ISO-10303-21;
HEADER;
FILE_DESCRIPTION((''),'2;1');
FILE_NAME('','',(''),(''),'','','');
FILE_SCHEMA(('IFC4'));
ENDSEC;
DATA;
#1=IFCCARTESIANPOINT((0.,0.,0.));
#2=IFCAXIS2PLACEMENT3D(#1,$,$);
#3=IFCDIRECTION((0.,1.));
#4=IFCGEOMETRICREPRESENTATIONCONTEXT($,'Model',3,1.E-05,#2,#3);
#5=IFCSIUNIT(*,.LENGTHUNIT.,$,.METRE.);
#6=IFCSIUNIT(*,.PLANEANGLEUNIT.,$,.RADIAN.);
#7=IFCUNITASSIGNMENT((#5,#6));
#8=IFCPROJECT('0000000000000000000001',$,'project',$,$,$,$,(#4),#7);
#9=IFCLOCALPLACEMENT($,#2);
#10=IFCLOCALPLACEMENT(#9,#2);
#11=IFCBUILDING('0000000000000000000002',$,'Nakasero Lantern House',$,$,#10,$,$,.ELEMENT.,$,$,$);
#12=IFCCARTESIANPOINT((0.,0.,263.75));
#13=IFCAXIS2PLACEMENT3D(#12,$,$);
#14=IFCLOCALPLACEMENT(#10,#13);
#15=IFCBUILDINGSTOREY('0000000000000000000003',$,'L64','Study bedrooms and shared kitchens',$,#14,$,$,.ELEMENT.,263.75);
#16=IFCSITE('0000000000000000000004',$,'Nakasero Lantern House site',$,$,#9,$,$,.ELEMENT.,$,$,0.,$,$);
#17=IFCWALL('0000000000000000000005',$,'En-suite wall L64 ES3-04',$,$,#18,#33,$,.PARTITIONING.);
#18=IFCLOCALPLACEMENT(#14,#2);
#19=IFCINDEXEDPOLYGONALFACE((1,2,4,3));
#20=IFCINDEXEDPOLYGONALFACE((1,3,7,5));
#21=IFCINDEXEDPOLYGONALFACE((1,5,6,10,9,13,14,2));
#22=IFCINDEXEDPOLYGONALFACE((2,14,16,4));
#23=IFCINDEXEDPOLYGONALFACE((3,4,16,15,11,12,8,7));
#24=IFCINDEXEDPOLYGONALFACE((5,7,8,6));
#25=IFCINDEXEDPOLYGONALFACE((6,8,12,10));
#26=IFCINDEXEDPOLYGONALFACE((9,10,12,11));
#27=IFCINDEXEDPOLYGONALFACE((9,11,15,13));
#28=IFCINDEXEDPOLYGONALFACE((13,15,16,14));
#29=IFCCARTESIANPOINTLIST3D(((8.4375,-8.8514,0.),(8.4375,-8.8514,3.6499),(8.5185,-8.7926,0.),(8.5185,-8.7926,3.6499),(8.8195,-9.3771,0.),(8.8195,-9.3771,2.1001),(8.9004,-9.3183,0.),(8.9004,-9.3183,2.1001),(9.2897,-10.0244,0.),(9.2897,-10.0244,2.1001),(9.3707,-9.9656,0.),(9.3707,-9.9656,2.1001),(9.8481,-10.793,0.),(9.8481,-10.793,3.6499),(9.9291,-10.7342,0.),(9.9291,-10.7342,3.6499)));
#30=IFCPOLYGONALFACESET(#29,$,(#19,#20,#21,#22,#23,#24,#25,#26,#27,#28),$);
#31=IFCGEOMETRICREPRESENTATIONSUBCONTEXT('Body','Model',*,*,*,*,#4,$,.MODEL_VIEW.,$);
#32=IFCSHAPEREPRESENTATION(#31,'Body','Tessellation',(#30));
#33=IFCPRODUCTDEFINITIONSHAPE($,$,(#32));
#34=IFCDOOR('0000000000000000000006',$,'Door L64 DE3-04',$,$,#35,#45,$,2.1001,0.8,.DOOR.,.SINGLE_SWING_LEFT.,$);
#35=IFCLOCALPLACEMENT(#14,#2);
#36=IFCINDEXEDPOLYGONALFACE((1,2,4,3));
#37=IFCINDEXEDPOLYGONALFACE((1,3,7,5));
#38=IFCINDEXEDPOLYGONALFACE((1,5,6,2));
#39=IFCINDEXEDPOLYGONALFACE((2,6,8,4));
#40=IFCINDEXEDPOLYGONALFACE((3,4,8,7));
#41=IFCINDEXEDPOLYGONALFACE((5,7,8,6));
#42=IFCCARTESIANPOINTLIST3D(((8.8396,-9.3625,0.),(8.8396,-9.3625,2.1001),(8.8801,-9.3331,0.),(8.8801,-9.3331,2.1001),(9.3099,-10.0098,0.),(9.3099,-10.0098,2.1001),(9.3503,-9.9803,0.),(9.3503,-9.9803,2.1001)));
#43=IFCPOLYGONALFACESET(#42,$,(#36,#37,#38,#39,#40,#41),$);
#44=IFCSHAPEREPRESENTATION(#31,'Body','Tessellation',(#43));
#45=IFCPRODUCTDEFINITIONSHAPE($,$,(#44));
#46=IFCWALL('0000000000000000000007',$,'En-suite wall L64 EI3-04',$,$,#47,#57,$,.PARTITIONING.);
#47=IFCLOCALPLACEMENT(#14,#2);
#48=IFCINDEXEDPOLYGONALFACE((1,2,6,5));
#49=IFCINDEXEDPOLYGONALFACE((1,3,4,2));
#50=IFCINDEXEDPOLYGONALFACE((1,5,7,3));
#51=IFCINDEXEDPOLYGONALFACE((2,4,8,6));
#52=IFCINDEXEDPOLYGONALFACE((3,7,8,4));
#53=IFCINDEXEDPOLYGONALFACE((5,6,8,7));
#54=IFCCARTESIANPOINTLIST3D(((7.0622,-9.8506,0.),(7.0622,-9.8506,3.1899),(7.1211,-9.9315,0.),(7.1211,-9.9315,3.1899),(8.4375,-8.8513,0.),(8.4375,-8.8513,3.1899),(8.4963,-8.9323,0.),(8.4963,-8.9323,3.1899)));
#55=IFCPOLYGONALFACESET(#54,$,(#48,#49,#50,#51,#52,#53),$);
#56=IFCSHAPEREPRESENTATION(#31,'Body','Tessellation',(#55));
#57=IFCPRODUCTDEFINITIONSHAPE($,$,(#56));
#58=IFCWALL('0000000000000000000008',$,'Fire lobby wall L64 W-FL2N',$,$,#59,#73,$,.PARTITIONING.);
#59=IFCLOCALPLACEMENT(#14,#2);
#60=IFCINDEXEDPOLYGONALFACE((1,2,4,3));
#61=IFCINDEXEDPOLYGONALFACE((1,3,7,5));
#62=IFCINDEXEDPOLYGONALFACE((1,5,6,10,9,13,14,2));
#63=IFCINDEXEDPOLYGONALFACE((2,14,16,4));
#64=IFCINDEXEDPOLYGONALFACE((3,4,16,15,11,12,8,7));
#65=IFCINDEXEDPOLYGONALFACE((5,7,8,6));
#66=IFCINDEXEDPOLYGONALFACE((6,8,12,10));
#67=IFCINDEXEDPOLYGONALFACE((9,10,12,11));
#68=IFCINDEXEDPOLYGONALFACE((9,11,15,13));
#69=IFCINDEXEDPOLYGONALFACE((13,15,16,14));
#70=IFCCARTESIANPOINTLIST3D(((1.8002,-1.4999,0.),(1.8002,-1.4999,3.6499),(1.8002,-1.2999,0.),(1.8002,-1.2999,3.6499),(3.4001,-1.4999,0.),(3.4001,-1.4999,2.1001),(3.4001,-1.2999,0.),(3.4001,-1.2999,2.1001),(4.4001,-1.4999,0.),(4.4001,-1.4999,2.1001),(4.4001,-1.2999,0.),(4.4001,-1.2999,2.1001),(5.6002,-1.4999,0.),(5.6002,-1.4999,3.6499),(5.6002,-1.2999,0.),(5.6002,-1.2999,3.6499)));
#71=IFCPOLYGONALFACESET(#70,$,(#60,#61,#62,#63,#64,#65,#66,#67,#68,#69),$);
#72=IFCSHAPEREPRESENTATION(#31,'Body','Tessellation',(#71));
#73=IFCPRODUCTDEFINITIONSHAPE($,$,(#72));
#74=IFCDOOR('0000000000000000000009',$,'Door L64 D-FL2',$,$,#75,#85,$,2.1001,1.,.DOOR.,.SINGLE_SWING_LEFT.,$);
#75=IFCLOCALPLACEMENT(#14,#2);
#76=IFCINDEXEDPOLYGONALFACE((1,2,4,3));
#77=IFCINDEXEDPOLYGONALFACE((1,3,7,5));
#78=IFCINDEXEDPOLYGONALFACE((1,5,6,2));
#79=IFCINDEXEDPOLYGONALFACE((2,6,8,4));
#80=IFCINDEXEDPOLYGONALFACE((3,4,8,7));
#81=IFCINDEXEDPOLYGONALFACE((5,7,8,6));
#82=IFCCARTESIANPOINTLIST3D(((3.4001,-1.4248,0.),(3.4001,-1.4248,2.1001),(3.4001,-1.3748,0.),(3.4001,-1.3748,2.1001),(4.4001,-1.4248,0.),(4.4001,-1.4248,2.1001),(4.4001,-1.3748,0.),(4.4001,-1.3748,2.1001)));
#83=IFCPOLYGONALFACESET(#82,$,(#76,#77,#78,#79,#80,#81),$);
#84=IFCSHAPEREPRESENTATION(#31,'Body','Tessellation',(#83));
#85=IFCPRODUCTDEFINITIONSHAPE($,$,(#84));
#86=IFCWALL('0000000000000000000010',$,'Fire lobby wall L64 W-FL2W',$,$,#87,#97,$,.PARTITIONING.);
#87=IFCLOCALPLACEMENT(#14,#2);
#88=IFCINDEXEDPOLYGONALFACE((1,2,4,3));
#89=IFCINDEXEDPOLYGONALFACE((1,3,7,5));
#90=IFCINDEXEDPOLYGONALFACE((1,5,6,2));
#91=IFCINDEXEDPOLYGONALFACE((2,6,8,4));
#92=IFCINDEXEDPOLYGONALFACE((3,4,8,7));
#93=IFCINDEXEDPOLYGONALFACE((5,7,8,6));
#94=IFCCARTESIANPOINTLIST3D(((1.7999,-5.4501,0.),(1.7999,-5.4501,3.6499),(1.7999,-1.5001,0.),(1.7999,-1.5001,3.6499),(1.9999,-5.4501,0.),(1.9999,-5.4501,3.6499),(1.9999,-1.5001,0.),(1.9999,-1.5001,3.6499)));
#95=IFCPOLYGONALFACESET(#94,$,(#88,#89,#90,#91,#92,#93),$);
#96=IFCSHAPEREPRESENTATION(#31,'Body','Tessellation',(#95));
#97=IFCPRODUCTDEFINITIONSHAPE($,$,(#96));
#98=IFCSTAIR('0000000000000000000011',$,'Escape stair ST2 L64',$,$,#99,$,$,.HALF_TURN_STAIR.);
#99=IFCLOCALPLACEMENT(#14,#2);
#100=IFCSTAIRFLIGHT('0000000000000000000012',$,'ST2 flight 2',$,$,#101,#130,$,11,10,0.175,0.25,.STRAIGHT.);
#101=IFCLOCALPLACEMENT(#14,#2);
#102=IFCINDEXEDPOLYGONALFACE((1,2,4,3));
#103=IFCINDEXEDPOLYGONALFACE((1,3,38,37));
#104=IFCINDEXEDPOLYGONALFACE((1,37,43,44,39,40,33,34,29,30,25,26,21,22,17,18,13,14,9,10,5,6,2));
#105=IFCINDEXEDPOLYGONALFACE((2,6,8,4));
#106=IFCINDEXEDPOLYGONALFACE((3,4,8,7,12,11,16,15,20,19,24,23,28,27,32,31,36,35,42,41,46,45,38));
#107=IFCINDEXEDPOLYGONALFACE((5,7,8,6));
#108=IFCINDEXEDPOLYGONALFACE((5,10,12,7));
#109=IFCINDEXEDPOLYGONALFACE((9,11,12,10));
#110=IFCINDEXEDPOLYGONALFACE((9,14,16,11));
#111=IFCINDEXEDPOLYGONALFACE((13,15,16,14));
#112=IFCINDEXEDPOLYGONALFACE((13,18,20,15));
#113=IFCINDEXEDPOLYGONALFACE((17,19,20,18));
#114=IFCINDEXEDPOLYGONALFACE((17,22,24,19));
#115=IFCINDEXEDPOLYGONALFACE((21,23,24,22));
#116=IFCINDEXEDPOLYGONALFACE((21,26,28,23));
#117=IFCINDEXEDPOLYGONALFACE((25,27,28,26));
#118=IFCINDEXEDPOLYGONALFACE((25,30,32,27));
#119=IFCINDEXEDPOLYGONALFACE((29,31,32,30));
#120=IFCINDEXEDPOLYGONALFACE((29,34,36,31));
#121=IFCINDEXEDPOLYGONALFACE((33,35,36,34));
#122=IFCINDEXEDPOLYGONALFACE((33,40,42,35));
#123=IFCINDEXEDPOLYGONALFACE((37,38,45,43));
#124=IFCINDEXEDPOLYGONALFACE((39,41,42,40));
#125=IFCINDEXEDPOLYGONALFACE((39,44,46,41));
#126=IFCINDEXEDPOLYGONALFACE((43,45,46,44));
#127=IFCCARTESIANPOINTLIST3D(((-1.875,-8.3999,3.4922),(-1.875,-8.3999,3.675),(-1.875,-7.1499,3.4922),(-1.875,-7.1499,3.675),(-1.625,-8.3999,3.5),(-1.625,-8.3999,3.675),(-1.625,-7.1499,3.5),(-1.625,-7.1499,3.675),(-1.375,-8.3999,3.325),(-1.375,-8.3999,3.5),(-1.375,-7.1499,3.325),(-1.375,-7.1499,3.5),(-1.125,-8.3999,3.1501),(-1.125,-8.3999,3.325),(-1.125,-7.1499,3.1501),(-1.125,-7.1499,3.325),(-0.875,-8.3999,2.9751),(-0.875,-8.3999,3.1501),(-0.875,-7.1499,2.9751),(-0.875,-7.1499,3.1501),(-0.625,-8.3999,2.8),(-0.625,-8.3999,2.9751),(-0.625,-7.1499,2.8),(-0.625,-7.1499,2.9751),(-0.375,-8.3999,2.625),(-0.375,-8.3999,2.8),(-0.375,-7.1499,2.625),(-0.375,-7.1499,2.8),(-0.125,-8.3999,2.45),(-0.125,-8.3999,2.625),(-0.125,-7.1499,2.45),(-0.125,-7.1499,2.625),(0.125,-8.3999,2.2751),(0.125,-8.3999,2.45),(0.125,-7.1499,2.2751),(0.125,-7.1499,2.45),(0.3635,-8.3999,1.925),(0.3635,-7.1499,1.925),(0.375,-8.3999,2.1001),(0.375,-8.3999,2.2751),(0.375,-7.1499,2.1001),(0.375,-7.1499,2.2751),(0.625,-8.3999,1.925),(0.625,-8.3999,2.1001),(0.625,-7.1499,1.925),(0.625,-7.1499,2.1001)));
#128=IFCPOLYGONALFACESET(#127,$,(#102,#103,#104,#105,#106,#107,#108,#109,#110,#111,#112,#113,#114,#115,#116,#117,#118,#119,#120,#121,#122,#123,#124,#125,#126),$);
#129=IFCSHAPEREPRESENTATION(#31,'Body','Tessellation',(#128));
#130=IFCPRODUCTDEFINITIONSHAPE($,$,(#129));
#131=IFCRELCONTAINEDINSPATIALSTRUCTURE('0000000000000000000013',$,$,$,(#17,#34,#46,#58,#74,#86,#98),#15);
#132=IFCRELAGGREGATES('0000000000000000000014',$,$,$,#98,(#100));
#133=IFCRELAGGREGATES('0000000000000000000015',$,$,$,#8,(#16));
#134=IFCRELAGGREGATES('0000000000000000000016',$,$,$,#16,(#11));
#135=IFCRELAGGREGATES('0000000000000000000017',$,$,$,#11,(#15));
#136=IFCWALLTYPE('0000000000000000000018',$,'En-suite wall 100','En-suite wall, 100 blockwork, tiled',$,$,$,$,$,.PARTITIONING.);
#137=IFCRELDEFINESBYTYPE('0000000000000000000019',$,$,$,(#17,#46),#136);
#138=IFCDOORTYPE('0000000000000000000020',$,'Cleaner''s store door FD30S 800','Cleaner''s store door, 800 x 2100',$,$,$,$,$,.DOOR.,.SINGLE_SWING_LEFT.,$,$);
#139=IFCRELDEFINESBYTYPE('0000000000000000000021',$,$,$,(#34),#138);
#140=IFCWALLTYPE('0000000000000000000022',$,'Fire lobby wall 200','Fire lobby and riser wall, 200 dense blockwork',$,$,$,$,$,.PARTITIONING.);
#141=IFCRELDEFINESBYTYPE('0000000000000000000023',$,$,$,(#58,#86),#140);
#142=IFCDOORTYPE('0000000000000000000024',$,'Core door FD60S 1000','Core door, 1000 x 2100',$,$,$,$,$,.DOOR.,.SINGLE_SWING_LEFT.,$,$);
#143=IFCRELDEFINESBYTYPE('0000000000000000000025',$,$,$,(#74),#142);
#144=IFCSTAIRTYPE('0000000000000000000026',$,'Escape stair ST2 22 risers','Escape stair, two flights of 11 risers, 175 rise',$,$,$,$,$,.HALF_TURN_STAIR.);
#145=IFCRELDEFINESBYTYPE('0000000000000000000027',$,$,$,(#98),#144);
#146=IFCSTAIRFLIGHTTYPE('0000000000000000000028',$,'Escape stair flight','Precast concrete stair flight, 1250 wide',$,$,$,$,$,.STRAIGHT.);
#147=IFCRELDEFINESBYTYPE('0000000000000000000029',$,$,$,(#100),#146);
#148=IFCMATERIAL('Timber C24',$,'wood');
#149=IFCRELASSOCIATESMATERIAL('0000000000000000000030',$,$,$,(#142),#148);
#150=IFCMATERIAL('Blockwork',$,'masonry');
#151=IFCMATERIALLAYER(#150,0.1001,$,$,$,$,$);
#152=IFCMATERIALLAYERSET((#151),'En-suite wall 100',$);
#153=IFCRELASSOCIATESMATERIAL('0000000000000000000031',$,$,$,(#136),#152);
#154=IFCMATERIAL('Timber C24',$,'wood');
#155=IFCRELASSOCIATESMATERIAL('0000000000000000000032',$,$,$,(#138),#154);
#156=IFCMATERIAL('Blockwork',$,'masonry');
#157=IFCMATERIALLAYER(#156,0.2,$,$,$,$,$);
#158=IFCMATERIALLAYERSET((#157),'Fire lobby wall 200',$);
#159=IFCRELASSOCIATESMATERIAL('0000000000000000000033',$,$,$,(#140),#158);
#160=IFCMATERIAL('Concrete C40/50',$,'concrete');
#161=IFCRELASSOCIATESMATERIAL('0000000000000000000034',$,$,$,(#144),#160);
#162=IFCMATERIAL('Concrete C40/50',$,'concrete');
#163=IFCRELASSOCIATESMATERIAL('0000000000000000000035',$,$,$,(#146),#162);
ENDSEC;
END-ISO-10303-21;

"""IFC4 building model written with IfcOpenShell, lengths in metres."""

from ifc_helpers import new_model, si_unit, direction, frame, frame_2d, origin, place, context, subcontext, project, spatial, polyline, rectangle, outline, extrude, material, layer, layer_set, type_object, element, fill, aggregate, save


model = new_model("IFC4")

# Units and contexts
model_context = context("Model", 3, precision=1e-05, world=origin(), true_north=direction((0.0, 1.0)))
body_context = subcontext(model_context, "Body", "Model", "MODEL_VIEW")
ifc_project = project(units=[si_unit("LENGTHUNIT", "METRE"), si_unit("PLANEANGLEUNIT", "RADIAN")], contexts=[model_context])

# Site, building, storey
site_placement = place(None, origin())
site = spatial("IfcSite", under=ifc_project, at=site_placement, Name="Nakasero Lantern House site", CompositionType="ELEMENT", RefElevation=0.0)
building_placement = place(site_placement, origin())
building = spatial("IfcBuilding", under=site, at=building_placement, Name="Nakasero Lantern House", CompositionType="ELEMENT")
storey_placement = place(building_placement, frame((0.0, 0.0, 263.75)))
storey = spatial("IfcBuildingStorey", under=building, at=storey_placement, Name="L64", Description="Study bedrooms and shared kitchens", CompositionType="ELEMENT", Elevation=263.75)

# Shared definitions
ifc_material_1 = material(Name="Timber C24", Category="wood")
door_type_1 = type_object("IfcDoorType", Name="Core door FD60S 1000", Description="Core door, 1000 x 2100", OperationType="SINGLE_SWING_LEFT", PredefinedType="DOOR", material=ifc_material_1)

# Wall, opening, door
ifc_material_2 = material(Name="Blockwork", Category="masonry")
ifc_layer_1 = layer(ifc_material_2, 0.1001)
ifc_layer_set_1 = layer_set([ifc_layer_1], Name="En-suite wall 100")
wall_type_1 = type_object("IfcWallType", Name="En-suite wall 100", Description="En-suite wall, 100 blockwork, tiled", PredefinedType="PARTITIONING", material=ifc_layer_set_1)
wall_1_placement = place(storey_placement, frame((8.478, -8.822, 0.0), z_axis=(0.0, 0.0, 1.0), x_axis=(0.587772, -0.809026, 0.0)))
wall_1 = element("IfcWall", 1, at=wall_1_placement, inside=storey, type_object=wall_type_1, Name="En-suite wall L64 ES3-04", PredefinedType="PARTITIONING", context=body_context, shape_type="SweptSolid", body=[
    extrude(rectangle(XDim=2.3999, YDim=0.1001, at=frame_2d((1.2, 0.0))), origin(), (0.0, 0.0, 1.0), 3.6499),
])
opening_1_placement = place(wall_1_placement, frame((0.6499, 0.0, 0.0)))
opening_1 = element("IfcOpeningElement", 2, at=opening_1_placement, cuts=wall_1, PredefinedType="OPENING", context=body_context, shape_type="SweptSolid", body=[
    extrude(rectangle(XDim=0.8, YDim=2.1001, at=frame_2d((0.3999, 1.05))), frame((0.0, 0.0701, 0.0), z_axis=(0.0, -1.0, 0.0), x_axis=(1.0, 0.0, 0.0)), (0.0, 0.0, 1.0), 0.1401),
])
ifc_material_3 = material(Name="Timber C24", Category="wood")
door_type_2 = type_object("IfcDoorType", Name="Cleaner's store door FD30S 800", Description="Cleaner's store door, 800 x 2100", OperationType="SINGLE_SWING_LEFT", PredefinedType="DOOR", material=ifc_material_3)
door_1_placement = place(opening_1_placement, origin())
door_1 = element("IfcDoor", 3, at=door_1_placement, inside=storey, type_object=door_type_2, Name="Door L64 DE3-04", OperationType="SINGLE_SWING_LEFT", OverallHeight=2.1001, OverallWidth=0.8, PredefinedType="DOOR", context=body_context, shape_type="SweptSolid", body=[
    extrude(rectangle(XDim=0.8, YDim=2.1001, at=frame_2d((0.3999, 1.05))), frame((0.0, 0.0249, 0.0), z_axis=(0.0, -1.0, 0.0), x_axis=(1.0, 0.0, 0.0)), (0.0, 0.0, 1.0), 0.05),
])
fill(opening_1, door_1)

# Wall
wall_2_placement = place(storey_placement, frame((7.0916, -9.8911, 0.0), z_axis=(0.0, 0.0, 1.0), x_axis=(0.808991, 0.587822, 0.0)))
element("IfcWall", 4, at=wall_2_placement, inside=storey, type_object=wall_type_1, Name="En-suite wall L64 EI3-04", PredefinedType="PARTITIONING", context=body_context, shape_type="SweptSolid", body=[
    extrude(rectangle(XDim=1.7, YDim=0.1001, at=frame_2d((0.8501, 0.0))), origin(), (0.0, 0.0, 1.0), 3.1899),
])

# Wall, opening, door
ifc_material_4 = material(Name="Blockwork", Category="masonry")
ifc_layer_2 = layer(ifc_material_4, 0.2)
ifc_layer_set_2 = layer_set([ifc_layer_2], Name="Fire lobby wall 200")
wall_type_2 = type_object("IfcWallType", Name="Fire lobby wall 200", Description="Fire lobby and riser wall, 200 dense blockwork", PredefinedType="PARTITIONING", material=ifc_layer_set_2)
wall_3_placement = place(storey_placement, frame((5.6001, -1.3999, 0.0), z_axis=(0.0, 0.0, 1.0), x_axis=(-1.0, 0.0, 0.0)))
wall_3 = element("IfcWall", 5, at=wall_3_placement, inside=storey, type_object=wall_type_2, Name="Fire lobby wall L64 W-FL2N", PredefinedType="PARTITIONING", context=body_context, shape_type="SweptSolid", body=[
    extrude(rectangle(XDim=3.8, YDim=0.2, at=frame_2d((1.8999, 0.0))), origin(), (0.0, 0.0, 1.0), 3.6499),
])
opening_2_placement = place(wall_3_placement, frame((1.2, 0.0, 0.0)))
opening_2 = element("IfcOpeningElement", 6, at=opening_2_placement, cuts=wall_3, PredefinedType="OPENING", context=body_context, shape_type="SweptSolid", body=[
    extrude(rectangle(XDim=1.0, YDim=2.1001, at=frame_2d((0.5, 1.05))), frame((0.0, 0.1199, 0.0), z_axis=(0.0, -1.0, 0.0), x_axis=(1.0, 0.0, 0.0)), (0.0, 0.0, 1.0), 0.24),
])
door_2_placement = place(opening_2_placement, origin())
door_2 = element("IfcDoor", 7, at=door_2_placement, inside=storey, type_object=door_type_1, Name="Door L64 D-FL2", OperationType="SINGLE_SWING_LEFT", OverallHeight=2.1001, OverallWidth=1.0, PredefinedType="DOOR", context=body_context, shape_type="SweptSolid", body=[
    extrude(rectangle(XDim=1.0, YDim=2.1001, at=frame_2d((0.5, 1.05))), frame((0.0, 0.0249, 0.0), z_axis=(0.0, -1.0, 0.0), x_axis=(1.0, 0.0, 0.0)), (0.0, 0.0, 1.0), 0.05),
])
fill(opening_2, door_2)

# Wall
wall_4_placement = place(storey_placement, frame((1.8999, -1.5, 0.0), z_axis=(0.0, 0.0, 1.0), x_axis=(0.0, -1.0, 0.0)))
element("IfcWall", 8, at=wall_4_placement, inside=storey, type_object=wall_type_2, Name="Fire lobby wall L64 W-FL2W", PredefinedType="PARTITIONING", context=body_context, shape_type="SweptSolid", body=[
    extrude(rectangle(XDim=3.95, YDim=0.2, at=frame_2d((1.9751, 0.0))), origin(), (0.0, 0.0, 1.0), 3.6499),
])

# Stair, stair flight
ifc_material_5 = material(Name="Concrete C40/50", Category="concrete")
stair_type_1 = type_object("IfcStairType", Name="Escape stair ST2 22 risers", Description="Escape stair, two flights of 11 risers, 175 rise", PredefinedType="HALF_TURN_STAIR", material=ifc_material_5)
stair_1_placement = place(storey_placement, origin())
stair_1 = element("IfcStair", 9, at=stair_1_placement, inside=storey, type_object=stair_type_1, Name="Escape stair ST2 L64", PredefinedType="HALF_TURN_STAIR")
ifc_material_6 = material(Name="Concrete C40/50", Category="concrete")
stair_flight_type = type_object("IfcStairFlightType", Name="Escape stair flight", Description="Precast concrete stair flight, 1250 wide", PredefinedType="STRAIGHT", material=ifc_material_6)
stair_flight_placement = place(storey_placement, frame((0.625, -7.7749, 1.925), z_axis=(0.0, 0.0, 1.0), x_axis=(-1.0, 0.0, 0.0)))
stair_flight = element("IfcStairFlight", 10, at=stair_flight_placement, type_object=stair_flight_type, Name="ST2 flight 2", NumberOfRisers=11, NumberOfTreads=10, PredefinedType="STRAIGHT", RiserHeight=0.175, TreadLength=0.25, context=body_context, shape_type="SweptSolid", body=[
    extrude(outline(polyline([(0.0, 0.0), (0.0, 0.175), (0.25, 0.175), (0.25, 0.3501), (0.5, 0.3501), (0.5, 0.5249), (0.75, 0.5249), (0.75, 0.7), (1.0, 0.7), (1.0, 0.875), (1.25, 0.875), (1.25, 1.05), (1.5, 1.05), (1.5, 1.2251), (1.75, 1.2251), (1.75, 1.3999), (2.0, 1.3999), (2.0, 1.575), (2.25, 1.575), (2.25, 1.75), (2.5, 1.75), (2.5, 1.925), (2.5, 1.5671), (0.2615, 0.0), (0.0, 0.0)])), frame((0.0, 0.625, 0.0), z_axis=(0.0, -1.0, 0.0), x_axis=(1.0, 0.0, 0.0)), (0.0, 0.0, 1.0), 1.25),
])
aggregate(stair_1, [stair_flight])

save(model, "model.ifc")
